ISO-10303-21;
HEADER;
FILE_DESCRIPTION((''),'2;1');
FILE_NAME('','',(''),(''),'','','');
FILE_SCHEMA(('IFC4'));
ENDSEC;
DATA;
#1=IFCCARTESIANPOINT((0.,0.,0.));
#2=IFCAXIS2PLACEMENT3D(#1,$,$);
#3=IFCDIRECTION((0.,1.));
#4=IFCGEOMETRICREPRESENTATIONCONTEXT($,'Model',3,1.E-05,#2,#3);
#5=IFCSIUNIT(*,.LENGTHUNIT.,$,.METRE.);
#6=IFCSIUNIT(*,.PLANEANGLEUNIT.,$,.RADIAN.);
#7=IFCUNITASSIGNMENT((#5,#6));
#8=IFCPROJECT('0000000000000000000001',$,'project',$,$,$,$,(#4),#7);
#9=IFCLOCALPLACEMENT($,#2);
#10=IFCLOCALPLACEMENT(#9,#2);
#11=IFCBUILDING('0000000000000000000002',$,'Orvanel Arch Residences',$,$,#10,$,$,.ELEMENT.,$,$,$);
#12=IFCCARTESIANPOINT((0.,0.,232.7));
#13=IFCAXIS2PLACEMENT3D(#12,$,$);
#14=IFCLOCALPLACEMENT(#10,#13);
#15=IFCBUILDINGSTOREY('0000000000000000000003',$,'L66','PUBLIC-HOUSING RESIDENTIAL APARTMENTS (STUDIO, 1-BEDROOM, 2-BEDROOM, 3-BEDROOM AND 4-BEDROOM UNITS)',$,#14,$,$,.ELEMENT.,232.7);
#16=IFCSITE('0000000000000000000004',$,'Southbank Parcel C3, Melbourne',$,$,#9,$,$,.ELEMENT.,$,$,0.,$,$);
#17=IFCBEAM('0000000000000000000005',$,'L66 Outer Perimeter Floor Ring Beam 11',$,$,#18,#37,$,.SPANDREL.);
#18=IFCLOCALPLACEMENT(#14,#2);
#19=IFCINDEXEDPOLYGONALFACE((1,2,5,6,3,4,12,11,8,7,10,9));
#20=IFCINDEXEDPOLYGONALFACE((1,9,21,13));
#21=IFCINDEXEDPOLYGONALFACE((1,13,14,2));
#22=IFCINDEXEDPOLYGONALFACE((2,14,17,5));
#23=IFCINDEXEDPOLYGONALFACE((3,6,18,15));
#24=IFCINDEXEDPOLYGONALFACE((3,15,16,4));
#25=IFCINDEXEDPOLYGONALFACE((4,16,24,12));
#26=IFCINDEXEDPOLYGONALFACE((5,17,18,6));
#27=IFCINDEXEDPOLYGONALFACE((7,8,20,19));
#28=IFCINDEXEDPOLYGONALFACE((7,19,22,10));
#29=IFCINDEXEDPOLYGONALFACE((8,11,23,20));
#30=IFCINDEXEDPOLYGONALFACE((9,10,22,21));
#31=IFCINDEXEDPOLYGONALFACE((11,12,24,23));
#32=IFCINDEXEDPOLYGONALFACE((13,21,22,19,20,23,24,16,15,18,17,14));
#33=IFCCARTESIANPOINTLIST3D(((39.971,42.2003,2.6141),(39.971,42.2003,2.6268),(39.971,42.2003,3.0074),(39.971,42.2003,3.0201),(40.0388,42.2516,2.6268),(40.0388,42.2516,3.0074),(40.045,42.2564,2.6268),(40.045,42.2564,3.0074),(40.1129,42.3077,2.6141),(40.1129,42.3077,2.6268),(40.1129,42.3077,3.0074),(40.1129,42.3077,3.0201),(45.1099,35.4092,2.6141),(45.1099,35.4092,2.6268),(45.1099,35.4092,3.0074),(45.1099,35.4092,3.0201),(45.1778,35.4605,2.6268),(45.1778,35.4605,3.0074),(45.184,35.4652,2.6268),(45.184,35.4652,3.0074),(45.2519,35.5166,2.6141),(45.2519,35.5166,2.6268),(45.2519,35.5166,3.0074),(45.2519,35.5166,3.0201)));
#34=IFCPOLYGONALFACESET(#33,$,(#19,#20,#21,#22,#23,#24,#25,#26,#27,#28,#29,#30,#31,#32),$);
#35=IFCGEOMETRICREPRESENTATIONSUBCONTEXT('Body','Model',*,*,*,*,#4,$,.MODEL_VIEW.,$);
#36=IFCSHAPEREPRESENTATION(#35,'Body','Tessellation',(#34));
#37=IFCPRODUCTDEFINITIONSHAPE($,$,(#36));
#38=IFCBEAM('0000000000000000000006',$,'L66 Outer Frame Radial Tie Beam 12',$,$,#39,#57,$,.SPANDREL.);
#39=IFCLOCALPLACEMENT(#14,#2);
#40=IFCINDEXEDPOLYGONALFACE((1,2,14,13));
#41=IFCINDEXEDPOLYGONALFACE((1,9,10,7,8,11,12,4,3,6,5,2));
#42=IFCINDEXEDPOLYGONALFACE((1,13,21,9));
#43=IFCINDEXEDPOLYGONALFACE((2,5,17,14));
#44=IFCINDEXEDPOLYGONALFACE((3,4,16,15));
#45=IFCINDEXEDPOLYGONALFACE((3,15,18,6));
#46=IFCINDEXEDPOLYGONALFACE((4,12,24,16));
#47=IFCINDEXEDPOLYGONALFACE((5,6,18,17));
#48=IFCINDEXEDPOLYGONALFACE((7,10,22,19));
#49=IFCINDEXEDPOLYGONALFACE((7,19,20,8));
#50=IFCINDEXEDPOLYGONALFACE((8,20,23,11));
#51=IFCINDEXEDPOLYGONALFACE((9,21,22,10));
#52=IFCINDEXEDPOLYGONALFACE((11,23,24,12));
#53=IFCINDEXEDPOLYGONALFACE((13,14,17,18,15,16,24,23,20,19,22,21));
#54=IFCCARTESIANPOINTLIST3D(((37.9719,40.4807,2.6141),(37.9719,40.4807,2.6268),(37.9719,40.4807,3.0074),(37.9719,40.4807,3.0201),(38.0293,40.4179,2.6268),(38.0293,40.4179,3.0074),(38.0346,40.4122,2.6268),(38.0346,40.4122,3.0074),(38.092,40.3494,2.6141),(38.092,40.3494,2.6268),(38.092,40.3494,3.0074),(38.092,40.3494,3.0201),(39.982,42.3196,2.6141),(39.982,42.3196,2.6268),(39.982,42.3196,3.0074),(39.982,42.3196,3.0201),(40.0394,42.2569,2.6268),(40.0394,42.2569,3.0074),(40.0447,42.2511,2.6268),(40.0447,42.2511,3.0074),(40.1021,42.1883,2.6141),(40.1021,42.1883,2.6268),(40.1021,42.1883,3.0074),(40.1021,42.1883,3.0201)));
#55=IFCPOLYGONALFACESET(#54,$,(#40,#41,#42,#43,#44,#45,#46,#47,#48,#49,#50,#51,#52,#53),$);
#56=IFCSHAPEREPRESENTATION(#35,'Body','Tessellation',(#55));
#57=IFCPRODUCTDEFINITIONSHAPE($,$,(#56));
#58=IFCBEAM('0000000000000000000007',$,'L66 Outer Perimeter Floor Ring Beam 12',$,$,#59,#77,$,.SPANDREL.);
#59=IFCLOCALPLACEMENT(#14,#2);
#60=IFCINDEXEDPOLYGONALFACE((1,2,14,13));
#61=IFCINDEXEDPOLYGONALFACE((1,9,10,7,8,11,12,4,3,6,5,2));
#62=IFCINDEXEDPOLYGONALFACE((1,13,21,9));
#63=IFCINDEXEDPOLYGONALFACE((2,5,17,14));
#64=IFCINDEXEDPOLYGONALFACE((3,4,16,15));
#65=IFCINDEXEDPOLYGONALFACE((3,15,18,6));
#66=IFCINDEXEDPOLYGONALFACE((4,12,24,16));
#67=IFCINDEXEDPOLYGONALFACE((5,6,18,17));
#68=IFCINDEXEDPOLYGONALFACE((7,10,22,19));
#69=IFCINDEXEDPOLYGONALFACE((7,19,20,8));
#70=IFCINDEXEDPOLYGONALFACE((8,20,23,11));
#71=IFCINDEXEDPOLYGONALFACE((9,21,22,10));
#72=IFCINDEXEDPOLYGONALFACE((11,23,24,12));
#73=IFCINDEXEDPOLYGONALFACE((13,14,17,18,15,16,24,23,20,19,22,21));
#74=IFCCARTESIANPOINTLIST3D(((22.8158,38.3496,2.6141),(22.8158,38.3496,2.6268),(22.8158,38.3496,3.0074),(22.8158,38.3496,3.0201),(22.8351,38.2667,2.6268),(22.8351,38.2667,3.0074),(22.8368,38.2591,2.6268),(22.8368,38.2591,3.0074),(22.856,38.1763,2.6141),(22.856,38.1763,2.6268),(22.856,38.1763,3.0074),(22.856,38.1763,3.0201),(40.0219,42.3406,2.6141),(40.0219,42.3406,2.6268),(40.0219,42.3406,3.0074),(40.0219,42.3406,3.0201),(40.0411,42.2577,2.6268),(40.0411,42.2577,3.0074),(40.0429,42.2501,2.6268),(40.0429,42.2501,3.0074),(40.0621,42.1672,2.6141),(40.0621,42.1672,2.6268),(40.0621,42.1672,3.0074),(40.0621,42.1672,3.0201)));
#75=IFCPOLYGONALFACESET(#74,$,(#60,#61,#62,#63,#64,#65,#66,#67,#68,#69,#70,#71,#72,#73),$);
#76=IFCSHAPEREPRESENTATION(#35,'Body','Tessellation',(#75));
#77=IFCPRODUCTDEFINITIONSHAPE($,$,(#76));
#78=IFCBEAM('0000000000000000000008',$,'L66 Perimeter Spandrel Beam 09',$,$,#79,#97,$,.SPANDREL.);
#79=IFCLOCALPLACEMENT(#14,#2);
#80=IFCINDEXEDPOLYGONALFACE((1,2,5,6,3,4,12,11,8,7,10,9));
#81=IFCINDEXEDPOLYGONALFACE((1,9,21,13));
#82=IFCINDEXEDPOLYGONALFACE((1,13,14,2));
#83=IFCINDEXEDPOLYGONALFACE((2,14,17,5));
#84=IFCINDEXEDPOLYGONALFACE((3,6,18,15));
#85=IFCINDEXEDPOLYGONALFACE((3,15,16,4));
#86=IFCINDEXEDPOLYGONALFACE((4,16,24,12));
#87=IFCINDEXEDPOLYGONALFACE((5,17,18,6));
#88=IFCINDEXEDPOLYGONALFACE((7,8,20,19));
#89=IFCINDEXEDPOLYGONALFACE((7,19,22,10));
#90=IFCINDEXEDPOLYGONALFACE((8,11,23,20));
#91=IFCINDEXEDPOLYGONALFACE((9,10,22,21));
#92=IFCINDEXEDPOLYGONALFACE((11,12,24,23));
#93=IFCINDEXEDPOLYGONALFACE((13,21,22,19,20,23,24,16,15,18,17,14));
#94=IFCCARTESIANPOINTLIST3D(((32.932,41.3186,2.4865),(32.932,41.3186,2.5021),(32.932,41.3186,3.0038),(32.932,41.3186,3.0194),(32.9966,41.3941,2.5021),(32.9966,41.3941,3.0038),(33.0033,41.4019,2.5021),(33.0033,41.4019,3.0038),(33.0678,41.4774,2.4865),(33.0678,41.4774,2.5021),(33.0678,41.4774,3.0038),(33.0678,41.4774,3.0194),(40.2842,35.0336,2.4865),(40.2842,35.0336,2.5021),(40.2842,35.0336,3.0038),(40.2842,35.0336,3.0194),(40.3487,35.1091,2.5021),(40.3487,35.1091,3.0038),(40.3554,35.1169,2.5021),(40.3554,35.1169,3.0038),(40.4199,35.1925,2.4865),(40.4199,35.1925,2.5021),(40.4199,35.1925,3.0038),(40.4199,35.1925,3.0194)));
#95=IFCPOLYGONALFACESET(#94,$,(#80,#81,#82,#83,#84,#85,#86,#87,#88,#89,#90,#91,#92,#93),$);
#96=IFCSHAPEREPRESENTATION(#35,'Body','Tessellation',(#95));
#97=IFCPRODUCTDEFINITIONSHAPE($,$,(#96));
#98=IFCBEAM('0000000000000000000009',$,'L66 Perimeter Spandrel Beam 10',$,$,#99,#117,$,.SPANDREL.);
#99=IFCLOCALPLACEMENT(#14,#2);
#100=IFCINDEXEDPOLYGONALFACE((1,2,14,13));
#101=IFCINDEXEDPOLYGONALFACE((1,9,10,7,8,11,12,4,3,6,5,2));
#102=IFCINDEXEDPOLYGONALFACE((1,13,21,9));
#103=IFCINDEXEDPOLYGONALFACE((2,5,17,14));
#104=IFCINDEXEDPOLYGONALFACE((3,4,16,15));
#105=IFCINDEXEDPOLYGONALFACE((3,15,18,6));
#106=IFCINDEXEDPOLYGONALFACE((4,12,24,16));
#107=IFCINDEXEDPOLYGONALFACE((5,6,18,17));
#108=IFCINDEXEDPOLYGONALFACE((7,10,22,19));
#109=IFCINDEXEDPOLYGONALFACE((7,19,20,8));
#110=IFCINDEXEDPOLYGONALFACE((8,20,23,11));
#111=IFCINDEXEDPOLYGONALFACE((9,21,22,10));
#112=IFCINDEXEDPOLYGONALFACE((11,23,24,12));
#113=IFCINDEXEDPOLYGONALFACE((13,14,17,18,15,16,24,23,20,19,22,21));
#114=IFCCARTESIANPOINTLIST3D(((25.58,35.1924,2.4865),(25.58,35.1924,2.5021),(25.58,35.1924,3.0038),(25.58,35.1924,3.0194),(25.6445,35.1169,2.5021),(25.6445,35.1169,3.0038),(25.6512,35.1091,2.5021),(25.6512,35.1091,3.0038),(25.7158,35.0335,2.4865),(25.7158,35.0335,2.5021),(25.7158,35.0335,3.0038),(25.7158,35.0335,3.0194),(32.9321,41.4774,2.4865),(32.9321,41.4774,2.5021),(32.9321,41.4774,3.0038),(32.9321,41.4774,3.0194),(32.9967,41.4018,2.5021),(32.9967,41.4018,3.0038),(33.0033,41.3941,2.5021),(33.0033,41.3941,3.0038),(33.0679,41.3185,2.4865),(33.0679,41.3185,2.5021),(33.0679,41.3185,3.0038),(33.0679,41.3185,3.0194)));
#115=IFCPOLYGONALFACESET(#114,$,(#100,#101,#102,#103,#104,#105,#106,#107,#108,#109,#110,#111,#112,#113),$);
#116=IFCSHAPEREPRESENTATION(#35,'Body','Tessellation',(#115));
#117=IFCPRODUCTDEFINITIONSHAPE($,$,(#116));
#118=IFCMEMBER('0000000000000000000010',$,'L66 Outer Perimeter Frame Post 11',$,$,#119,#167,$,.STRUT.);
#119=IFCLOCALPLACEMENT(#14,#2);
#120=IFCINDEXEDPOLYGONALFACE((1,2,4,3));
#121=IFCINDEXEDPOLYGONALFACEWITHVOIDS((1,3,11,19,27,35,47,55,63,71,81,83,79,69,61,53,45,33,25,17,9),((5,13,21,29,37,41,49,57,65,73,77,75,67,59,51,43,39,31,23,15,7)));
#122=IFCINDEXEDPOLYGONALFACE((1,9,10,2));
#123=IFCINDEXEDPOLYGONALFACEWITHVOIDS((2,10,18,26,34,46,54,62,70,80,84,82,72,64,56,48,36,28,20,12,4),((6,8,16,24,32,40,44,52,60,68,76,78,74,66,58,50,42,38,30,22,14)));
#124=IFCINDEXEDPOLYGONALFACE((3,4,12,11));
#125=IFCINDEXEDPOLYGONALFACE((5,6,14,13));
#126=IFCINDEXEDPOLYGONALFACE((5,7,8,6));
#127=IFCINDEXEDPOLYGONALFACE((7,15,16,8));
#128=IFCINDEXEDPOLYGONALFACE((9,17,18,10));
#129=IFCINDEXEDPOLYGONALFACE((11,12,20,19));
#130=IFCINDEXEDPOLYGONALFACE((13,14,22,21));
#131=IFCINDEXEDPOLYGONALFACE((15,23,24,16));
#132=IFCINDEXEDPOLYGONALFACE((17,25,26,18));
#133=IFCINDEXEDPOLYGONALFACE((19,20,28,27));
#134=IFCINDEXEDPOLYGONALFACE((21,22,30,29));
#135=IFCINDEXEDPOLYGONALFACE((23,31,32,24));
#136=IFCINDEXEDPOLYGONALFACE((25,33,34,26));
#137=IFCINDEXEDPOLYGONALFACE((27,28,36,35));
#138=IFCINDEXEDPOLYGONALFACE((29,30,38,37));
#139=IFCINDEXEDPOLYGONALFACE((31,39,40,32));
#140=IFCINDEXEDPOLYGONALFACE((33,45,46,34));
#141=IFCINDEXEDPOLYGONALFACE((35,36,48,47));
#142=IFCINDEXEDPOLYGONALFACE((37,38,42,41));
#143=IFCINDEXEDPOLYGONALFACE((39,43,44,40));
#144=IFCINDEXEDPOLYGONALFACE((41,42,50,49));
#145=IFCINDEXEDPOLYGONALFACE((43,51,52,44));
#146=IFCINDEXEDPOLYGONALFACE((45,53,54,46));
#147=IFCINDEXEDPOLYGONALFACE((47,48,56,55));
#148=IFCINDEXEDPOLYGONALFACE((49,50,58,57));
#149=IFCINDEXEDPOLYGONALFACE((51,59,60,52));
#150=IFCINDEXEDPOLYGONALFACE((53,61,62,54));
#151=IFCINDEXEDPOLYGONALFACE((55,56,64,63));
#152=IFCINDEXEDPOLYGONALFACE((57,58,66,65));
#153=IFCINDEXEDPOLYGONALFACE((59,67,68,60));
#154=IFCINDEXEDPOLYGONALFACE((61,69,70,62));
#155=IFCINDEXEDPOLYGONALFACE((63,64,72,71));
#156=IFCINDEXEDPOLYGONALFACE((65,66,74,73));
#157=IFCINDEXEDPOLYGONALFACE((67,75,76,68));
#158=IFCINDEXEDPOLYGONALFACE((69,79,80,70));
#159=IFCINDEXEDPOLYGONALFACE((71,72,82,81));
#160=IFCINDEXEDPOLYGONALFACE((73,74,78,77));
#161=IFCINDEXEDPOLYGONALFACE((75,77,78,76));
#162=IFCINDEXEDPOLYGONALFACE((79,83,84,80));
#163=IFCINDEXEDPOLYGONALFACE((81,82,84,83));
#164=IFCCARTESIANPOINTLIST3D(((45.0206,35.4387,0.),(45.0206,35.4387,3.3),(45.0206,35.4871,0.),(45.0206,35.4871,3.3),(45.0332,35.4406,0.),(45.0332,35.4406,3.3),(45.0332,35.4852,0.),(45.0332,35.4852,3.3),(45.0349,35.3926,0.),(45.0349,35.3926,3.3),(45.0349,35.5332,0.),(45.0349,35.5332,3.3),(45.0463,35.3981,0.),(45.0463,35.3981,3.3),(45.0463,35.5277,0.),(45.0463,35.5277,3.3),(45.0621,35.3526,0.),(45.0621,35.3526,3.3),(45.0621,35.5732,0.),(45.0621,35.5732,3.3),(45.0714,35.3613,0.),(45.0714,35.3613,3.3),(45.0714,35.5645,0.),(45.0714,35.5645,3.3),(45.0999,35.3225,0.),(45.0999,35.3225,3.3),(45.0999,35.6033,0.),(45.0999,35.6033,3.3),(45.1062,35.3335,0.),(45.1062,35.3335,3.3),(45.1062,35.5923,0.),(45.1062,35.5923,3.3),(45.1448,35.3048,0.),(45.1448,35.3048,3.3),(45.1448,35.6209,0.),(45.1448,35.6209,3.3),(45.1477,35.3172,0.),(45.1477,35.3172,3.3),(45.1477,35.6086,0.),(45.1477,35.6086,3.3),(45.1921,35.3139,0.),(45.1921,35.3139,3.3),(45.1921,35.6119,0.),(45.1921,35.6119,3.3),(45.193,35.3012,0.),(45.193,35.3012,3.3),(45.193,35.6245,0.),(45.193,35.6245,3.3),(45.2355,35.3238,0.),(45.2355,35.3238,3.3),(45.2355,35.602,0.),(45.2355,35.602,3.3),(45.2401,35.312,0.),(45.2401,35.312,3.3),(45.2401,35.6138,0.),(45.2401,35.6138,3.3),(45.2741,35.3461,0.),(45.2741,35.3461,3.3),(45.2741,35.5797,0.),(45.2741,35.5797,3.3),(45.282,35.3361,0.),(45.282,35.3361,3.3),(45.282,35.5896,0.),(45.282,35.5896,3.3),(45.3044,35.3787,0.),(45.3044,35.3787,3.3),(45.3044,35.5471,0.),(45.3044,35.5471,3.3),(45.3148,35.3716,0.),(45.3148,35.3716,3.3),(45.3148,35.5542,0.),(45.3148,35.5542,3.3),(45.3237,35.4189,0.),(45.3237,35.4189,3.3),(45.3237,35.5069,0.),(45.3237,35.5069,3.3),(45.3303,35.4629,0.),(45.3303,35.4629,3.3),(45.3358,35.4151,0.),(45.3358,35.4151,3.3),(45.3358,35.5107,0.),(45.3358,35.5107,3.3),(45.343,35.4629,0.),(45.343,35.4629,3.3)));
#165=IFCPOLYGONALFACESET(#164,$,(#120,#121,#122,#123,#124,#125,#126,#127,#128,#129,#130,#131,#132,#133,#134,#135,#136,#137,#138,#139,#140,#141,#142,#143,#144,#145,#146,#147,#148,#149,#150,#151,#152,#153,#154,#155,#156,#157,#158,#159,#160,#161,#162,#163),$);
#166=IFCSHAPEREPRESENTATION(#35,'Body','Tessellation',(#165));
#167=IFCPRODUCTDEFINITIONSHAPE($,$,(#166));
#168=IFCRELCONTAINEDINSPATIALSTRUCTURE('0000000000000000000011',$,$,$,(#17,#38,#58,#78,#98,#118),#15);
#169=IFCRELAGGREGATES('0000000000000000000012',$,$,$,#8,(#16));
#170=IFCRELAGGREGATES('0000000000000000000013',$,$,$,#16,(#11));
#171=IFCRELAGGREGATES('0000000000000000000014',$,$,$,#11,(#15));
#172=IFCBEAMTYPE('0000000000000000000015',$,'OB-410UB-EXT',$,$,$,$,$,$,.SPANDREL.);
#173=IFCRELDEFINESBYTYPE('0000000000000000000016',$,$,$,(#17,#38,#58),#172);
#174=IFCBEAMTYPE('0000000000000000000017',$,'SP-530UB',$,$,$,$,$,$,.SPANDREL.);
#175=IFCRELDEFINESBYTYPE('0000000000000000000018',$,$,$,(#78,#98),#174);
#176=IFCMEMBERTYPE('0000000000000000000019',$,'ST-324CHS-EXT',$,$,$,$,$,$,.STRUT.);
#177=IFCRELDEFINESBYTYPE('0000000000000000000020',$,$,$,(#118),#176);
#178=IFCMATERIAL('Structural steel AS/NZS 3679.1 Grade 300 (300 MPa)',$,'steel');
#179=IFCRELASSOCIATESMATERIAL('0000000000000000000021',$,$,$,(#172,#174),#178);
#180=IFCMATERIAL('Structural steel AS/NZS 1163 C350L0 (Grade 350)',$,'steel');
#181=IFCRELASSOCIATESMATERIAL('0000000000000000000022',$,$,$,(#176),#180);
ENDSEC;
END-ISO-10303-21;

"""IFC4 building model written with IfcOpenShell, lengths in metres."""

from ifc_helpers import new_model, si_unit, direction, frame, origin, origin_2d, place, context, subcontext, project, spatial, hollow_circle, i_section, extrude, material, material_profile, profile_set, type_object, element, save


model = new_model("IFC4")

# Units and contexts
model_context = context("Model", 3, precision=1e-05, world=origin(), true_north=direction((0.0, 1.0)))
body_context = subcontext(model_context, "Body", "Model", "MODEL_VIEW")
ifc_project = project(units=[si_unit("LENGTHUNIT", "METRE"), si_unit("PLANEANGLEUNIT", "RADIAN")], contexts=[model_context])

# Site, building, storey
site_placement = place(None, origin())
site = spatial("IfcSite", under=ifc_project, at=site_placement, Name="Southbank Parcel C3, Melbourne", CompositionType="ELEMENT", RefElevation=0.0)
building_placement = place(site_placement, origin())
building = spatial("IfcBuilding", under=site, at=building_placement, Name="Orvanel Arch Residences", CompositionType="ELEMENT")
storey_placement = place(building_placement, frame((0.0, 0.0, 232.7)))
storey = spatial("IfcBuildingStorey", under=building, at=storey_placement, Name="L66", Description="PUBLIC-HOUSING RESIDENTIAL APARTMENTS (STUDIO, 1-BEDROOM, 2-BEDROOM, 3-BEDROOM AND 4-BEDROOM UNITS)", CompositionType="ELEMENT", Elevation=232.7)

# Shared definitions
ifc_material_1 = material(Name="Structural steel AS/NZS 3679.1 Grade 300 (300 MPa)", Category="steel")

# Beams
ifc_material_profile_1 = material_profile(ifc_material_1, i_section(OverallWidth=0.178, OverallDepth=0.406, WebThickness=0.0078, FlangeThickness=0.0127, at=origin_2d()), Name="410UB59.7")
ifc_profile_set_1 = profile_set([ifc_material_profile_1], Name="Structural steel AS/NZS 3679.1 Grade 300 (300 MPa)")
beam_type_1 = type_object("IfcBeamType", Name="OB-410UB-EXT", PredefinedType="SPANDREL", material=ifc_profile_set_1)
beam_1_placement = place(storey_placement, frame((45.1809, 35.4629, 2.8171), z_axis=(-0.603425, 0.797419, 0.0), x_axis=(-0.797419, -0.603425, 0.0)))
element("IfcBeam", 1, at=beam_1_placement, inside=storey, type_object=beam_type_1, Name="L66 Outer Perimeter Floor Ring Beam 11", PredefinedType="SPANDREL", context=body_context, shape_type="SweptSolid", body=[
    extrude(i_section(OverallWidth=0.178, OverallDepth=0.406, WebThickness=0.0078, FlangeThickness=0.0127, at=origin_2d()), origin(), (0.0, 0.0, 1.0), 8.5164),
])
beam_2_placement = place(storey_placement, frame((38.032, 40.415, 2.8171), z_axis=(0.73782, 0.674998, 0.0), x_axis=(-0.674998, 0.73782, 0.0)))
element("IfcBeam", 2, at=beam_2_placement, inside=storey, type_object=beam_type_1, Name="L66 Outer Frame Radial Tie Beam 12", PredefinedType="SPANDREL", context=body_context, shape_type="SweptSolid", body=[
    extrude(i_section(OverallWidth=0.178, OverallDepth=0.406, WebThickness=0.0078, FlangeThickness=0.0127, at=origin_2d()), origin(), (0.0, 0.0, 1.0), 2.7244),
])
beam_3_placement = place(storey_placement, frame((40.042, 42.2539, 2.8171), z_axis=(-0.974138, -0.225953, 0.0), x_axis=(0.225953, -0.974138, 0.0)))
element("IfcBeam", 3, at=beam_3_placement, inside=storey, type_object=beam_type_1, Name="L66 Outer Perimeter Floor Ring Beam 12", PredefinedType="SPANDREL", context=body_context, shape_type="SweptSolid", body=[
    extrude(i_section(OverallWidth=0.178, OverallDepth=0.406, WebThickness=0.0078, FlangeThickness=0.0127, at=origin_2d()), origin(), (0.0, 0.0, 1.0), 17.6628),
])
ifc_material_profile_2 = material_profile(ifc_material_1, i_section(OverallWidth=0.209, OverallDepth=0.533, WebThickness=0.0103, FlangeThickness=0.0156, at=origin_2d()), Name="530UB92.4")
ifc_profile_set_2 = profile_set([ifc_material_profile_2], Name="Structural steel AS/NZS 3679.1 Grade 300 (300 MPa)")
beam_type_2 = type_object("IfcBeamType", Name="SP-530UB", PredefinedType="SPANDREL", material=ifc_profile_set_2)
for number, where, z_axis, x_axis, name in (
    (4, (40.3521, 35.113, 2.7529), (-0.760117, 0.649787, 0.0), (-0.649787, -0.760117, 0.0), "L66 Perimeter Spandrel Beam 09"),
    (5, (33.0, 41.3979, 2.7529), (-0.760117, -0.649787, 0.0), (0.649787, -0.760117, 0.0), "L66 Perimeter Spandrel Beam 10"),
):
    element("IfcBeam", number, at=place(storey_placement, frame(where, z_axis=z_axis, x_axis=x_axis)), inside=storey, type_object=beam_type_2, Name=name, PredefinedType="SPANDREL", context=body_context, shape_type="SweptSolid", body=[
        extrude(i_section(OverallWidth=0.209, OverallDepth=0.533, WebThickness=0.0103, FlangeThickness=0.0156, at=origin_2d()), origin(), (0.0, 0.0, 1.0), 9.6724),
    ])

# Member
ifc_material_2 = material(Name="Structural steel AS/NZS 1163 C350L0 (Grade 350)", Category="steel")
ifc_material_profile_3 = material_profile(ifc_material_2, hollow_circle(Radius=0.1621, WallThickness=0.0127, at=origin_2d()), Name="CHS324x12.7")
ifc_profile_set_3 = profile_set([ifc_material_profile_3], Name="Structural steel AS/NZS 1163 C350L0 (Grade 350)")
member_type_1 = type_object("IfcMemberType", Name="ST-324CHS-EXT", PredefinedType="STRUT", material=ifc_profile_set_3)
for number, where, z_axis, x_axis, name in (
    (6, (45.1809, 35.4629, 0.0), (0.0, 0.0, 1.0), (1.0, 0.0, 0.0), "L66 Outer Perimeter Frame Post 11"),
):
    element("IfcMember", number, at=place(storey_placement, frame(where, z_axis=z_axis, x_axis=x_axis)), inside=storey, type_object=member_type_1, Name=name, PredefinedType="STRUT", context=body_context, shape_type="SweptSolid", body=[
        extrude(hollow_circle(Radius=0.1621, WallThickness=0.0127, at=origin_2d()), origin(), (0.0, 0.0, 1.0), 3.3),
    ])

save(model, "model.ifc")
